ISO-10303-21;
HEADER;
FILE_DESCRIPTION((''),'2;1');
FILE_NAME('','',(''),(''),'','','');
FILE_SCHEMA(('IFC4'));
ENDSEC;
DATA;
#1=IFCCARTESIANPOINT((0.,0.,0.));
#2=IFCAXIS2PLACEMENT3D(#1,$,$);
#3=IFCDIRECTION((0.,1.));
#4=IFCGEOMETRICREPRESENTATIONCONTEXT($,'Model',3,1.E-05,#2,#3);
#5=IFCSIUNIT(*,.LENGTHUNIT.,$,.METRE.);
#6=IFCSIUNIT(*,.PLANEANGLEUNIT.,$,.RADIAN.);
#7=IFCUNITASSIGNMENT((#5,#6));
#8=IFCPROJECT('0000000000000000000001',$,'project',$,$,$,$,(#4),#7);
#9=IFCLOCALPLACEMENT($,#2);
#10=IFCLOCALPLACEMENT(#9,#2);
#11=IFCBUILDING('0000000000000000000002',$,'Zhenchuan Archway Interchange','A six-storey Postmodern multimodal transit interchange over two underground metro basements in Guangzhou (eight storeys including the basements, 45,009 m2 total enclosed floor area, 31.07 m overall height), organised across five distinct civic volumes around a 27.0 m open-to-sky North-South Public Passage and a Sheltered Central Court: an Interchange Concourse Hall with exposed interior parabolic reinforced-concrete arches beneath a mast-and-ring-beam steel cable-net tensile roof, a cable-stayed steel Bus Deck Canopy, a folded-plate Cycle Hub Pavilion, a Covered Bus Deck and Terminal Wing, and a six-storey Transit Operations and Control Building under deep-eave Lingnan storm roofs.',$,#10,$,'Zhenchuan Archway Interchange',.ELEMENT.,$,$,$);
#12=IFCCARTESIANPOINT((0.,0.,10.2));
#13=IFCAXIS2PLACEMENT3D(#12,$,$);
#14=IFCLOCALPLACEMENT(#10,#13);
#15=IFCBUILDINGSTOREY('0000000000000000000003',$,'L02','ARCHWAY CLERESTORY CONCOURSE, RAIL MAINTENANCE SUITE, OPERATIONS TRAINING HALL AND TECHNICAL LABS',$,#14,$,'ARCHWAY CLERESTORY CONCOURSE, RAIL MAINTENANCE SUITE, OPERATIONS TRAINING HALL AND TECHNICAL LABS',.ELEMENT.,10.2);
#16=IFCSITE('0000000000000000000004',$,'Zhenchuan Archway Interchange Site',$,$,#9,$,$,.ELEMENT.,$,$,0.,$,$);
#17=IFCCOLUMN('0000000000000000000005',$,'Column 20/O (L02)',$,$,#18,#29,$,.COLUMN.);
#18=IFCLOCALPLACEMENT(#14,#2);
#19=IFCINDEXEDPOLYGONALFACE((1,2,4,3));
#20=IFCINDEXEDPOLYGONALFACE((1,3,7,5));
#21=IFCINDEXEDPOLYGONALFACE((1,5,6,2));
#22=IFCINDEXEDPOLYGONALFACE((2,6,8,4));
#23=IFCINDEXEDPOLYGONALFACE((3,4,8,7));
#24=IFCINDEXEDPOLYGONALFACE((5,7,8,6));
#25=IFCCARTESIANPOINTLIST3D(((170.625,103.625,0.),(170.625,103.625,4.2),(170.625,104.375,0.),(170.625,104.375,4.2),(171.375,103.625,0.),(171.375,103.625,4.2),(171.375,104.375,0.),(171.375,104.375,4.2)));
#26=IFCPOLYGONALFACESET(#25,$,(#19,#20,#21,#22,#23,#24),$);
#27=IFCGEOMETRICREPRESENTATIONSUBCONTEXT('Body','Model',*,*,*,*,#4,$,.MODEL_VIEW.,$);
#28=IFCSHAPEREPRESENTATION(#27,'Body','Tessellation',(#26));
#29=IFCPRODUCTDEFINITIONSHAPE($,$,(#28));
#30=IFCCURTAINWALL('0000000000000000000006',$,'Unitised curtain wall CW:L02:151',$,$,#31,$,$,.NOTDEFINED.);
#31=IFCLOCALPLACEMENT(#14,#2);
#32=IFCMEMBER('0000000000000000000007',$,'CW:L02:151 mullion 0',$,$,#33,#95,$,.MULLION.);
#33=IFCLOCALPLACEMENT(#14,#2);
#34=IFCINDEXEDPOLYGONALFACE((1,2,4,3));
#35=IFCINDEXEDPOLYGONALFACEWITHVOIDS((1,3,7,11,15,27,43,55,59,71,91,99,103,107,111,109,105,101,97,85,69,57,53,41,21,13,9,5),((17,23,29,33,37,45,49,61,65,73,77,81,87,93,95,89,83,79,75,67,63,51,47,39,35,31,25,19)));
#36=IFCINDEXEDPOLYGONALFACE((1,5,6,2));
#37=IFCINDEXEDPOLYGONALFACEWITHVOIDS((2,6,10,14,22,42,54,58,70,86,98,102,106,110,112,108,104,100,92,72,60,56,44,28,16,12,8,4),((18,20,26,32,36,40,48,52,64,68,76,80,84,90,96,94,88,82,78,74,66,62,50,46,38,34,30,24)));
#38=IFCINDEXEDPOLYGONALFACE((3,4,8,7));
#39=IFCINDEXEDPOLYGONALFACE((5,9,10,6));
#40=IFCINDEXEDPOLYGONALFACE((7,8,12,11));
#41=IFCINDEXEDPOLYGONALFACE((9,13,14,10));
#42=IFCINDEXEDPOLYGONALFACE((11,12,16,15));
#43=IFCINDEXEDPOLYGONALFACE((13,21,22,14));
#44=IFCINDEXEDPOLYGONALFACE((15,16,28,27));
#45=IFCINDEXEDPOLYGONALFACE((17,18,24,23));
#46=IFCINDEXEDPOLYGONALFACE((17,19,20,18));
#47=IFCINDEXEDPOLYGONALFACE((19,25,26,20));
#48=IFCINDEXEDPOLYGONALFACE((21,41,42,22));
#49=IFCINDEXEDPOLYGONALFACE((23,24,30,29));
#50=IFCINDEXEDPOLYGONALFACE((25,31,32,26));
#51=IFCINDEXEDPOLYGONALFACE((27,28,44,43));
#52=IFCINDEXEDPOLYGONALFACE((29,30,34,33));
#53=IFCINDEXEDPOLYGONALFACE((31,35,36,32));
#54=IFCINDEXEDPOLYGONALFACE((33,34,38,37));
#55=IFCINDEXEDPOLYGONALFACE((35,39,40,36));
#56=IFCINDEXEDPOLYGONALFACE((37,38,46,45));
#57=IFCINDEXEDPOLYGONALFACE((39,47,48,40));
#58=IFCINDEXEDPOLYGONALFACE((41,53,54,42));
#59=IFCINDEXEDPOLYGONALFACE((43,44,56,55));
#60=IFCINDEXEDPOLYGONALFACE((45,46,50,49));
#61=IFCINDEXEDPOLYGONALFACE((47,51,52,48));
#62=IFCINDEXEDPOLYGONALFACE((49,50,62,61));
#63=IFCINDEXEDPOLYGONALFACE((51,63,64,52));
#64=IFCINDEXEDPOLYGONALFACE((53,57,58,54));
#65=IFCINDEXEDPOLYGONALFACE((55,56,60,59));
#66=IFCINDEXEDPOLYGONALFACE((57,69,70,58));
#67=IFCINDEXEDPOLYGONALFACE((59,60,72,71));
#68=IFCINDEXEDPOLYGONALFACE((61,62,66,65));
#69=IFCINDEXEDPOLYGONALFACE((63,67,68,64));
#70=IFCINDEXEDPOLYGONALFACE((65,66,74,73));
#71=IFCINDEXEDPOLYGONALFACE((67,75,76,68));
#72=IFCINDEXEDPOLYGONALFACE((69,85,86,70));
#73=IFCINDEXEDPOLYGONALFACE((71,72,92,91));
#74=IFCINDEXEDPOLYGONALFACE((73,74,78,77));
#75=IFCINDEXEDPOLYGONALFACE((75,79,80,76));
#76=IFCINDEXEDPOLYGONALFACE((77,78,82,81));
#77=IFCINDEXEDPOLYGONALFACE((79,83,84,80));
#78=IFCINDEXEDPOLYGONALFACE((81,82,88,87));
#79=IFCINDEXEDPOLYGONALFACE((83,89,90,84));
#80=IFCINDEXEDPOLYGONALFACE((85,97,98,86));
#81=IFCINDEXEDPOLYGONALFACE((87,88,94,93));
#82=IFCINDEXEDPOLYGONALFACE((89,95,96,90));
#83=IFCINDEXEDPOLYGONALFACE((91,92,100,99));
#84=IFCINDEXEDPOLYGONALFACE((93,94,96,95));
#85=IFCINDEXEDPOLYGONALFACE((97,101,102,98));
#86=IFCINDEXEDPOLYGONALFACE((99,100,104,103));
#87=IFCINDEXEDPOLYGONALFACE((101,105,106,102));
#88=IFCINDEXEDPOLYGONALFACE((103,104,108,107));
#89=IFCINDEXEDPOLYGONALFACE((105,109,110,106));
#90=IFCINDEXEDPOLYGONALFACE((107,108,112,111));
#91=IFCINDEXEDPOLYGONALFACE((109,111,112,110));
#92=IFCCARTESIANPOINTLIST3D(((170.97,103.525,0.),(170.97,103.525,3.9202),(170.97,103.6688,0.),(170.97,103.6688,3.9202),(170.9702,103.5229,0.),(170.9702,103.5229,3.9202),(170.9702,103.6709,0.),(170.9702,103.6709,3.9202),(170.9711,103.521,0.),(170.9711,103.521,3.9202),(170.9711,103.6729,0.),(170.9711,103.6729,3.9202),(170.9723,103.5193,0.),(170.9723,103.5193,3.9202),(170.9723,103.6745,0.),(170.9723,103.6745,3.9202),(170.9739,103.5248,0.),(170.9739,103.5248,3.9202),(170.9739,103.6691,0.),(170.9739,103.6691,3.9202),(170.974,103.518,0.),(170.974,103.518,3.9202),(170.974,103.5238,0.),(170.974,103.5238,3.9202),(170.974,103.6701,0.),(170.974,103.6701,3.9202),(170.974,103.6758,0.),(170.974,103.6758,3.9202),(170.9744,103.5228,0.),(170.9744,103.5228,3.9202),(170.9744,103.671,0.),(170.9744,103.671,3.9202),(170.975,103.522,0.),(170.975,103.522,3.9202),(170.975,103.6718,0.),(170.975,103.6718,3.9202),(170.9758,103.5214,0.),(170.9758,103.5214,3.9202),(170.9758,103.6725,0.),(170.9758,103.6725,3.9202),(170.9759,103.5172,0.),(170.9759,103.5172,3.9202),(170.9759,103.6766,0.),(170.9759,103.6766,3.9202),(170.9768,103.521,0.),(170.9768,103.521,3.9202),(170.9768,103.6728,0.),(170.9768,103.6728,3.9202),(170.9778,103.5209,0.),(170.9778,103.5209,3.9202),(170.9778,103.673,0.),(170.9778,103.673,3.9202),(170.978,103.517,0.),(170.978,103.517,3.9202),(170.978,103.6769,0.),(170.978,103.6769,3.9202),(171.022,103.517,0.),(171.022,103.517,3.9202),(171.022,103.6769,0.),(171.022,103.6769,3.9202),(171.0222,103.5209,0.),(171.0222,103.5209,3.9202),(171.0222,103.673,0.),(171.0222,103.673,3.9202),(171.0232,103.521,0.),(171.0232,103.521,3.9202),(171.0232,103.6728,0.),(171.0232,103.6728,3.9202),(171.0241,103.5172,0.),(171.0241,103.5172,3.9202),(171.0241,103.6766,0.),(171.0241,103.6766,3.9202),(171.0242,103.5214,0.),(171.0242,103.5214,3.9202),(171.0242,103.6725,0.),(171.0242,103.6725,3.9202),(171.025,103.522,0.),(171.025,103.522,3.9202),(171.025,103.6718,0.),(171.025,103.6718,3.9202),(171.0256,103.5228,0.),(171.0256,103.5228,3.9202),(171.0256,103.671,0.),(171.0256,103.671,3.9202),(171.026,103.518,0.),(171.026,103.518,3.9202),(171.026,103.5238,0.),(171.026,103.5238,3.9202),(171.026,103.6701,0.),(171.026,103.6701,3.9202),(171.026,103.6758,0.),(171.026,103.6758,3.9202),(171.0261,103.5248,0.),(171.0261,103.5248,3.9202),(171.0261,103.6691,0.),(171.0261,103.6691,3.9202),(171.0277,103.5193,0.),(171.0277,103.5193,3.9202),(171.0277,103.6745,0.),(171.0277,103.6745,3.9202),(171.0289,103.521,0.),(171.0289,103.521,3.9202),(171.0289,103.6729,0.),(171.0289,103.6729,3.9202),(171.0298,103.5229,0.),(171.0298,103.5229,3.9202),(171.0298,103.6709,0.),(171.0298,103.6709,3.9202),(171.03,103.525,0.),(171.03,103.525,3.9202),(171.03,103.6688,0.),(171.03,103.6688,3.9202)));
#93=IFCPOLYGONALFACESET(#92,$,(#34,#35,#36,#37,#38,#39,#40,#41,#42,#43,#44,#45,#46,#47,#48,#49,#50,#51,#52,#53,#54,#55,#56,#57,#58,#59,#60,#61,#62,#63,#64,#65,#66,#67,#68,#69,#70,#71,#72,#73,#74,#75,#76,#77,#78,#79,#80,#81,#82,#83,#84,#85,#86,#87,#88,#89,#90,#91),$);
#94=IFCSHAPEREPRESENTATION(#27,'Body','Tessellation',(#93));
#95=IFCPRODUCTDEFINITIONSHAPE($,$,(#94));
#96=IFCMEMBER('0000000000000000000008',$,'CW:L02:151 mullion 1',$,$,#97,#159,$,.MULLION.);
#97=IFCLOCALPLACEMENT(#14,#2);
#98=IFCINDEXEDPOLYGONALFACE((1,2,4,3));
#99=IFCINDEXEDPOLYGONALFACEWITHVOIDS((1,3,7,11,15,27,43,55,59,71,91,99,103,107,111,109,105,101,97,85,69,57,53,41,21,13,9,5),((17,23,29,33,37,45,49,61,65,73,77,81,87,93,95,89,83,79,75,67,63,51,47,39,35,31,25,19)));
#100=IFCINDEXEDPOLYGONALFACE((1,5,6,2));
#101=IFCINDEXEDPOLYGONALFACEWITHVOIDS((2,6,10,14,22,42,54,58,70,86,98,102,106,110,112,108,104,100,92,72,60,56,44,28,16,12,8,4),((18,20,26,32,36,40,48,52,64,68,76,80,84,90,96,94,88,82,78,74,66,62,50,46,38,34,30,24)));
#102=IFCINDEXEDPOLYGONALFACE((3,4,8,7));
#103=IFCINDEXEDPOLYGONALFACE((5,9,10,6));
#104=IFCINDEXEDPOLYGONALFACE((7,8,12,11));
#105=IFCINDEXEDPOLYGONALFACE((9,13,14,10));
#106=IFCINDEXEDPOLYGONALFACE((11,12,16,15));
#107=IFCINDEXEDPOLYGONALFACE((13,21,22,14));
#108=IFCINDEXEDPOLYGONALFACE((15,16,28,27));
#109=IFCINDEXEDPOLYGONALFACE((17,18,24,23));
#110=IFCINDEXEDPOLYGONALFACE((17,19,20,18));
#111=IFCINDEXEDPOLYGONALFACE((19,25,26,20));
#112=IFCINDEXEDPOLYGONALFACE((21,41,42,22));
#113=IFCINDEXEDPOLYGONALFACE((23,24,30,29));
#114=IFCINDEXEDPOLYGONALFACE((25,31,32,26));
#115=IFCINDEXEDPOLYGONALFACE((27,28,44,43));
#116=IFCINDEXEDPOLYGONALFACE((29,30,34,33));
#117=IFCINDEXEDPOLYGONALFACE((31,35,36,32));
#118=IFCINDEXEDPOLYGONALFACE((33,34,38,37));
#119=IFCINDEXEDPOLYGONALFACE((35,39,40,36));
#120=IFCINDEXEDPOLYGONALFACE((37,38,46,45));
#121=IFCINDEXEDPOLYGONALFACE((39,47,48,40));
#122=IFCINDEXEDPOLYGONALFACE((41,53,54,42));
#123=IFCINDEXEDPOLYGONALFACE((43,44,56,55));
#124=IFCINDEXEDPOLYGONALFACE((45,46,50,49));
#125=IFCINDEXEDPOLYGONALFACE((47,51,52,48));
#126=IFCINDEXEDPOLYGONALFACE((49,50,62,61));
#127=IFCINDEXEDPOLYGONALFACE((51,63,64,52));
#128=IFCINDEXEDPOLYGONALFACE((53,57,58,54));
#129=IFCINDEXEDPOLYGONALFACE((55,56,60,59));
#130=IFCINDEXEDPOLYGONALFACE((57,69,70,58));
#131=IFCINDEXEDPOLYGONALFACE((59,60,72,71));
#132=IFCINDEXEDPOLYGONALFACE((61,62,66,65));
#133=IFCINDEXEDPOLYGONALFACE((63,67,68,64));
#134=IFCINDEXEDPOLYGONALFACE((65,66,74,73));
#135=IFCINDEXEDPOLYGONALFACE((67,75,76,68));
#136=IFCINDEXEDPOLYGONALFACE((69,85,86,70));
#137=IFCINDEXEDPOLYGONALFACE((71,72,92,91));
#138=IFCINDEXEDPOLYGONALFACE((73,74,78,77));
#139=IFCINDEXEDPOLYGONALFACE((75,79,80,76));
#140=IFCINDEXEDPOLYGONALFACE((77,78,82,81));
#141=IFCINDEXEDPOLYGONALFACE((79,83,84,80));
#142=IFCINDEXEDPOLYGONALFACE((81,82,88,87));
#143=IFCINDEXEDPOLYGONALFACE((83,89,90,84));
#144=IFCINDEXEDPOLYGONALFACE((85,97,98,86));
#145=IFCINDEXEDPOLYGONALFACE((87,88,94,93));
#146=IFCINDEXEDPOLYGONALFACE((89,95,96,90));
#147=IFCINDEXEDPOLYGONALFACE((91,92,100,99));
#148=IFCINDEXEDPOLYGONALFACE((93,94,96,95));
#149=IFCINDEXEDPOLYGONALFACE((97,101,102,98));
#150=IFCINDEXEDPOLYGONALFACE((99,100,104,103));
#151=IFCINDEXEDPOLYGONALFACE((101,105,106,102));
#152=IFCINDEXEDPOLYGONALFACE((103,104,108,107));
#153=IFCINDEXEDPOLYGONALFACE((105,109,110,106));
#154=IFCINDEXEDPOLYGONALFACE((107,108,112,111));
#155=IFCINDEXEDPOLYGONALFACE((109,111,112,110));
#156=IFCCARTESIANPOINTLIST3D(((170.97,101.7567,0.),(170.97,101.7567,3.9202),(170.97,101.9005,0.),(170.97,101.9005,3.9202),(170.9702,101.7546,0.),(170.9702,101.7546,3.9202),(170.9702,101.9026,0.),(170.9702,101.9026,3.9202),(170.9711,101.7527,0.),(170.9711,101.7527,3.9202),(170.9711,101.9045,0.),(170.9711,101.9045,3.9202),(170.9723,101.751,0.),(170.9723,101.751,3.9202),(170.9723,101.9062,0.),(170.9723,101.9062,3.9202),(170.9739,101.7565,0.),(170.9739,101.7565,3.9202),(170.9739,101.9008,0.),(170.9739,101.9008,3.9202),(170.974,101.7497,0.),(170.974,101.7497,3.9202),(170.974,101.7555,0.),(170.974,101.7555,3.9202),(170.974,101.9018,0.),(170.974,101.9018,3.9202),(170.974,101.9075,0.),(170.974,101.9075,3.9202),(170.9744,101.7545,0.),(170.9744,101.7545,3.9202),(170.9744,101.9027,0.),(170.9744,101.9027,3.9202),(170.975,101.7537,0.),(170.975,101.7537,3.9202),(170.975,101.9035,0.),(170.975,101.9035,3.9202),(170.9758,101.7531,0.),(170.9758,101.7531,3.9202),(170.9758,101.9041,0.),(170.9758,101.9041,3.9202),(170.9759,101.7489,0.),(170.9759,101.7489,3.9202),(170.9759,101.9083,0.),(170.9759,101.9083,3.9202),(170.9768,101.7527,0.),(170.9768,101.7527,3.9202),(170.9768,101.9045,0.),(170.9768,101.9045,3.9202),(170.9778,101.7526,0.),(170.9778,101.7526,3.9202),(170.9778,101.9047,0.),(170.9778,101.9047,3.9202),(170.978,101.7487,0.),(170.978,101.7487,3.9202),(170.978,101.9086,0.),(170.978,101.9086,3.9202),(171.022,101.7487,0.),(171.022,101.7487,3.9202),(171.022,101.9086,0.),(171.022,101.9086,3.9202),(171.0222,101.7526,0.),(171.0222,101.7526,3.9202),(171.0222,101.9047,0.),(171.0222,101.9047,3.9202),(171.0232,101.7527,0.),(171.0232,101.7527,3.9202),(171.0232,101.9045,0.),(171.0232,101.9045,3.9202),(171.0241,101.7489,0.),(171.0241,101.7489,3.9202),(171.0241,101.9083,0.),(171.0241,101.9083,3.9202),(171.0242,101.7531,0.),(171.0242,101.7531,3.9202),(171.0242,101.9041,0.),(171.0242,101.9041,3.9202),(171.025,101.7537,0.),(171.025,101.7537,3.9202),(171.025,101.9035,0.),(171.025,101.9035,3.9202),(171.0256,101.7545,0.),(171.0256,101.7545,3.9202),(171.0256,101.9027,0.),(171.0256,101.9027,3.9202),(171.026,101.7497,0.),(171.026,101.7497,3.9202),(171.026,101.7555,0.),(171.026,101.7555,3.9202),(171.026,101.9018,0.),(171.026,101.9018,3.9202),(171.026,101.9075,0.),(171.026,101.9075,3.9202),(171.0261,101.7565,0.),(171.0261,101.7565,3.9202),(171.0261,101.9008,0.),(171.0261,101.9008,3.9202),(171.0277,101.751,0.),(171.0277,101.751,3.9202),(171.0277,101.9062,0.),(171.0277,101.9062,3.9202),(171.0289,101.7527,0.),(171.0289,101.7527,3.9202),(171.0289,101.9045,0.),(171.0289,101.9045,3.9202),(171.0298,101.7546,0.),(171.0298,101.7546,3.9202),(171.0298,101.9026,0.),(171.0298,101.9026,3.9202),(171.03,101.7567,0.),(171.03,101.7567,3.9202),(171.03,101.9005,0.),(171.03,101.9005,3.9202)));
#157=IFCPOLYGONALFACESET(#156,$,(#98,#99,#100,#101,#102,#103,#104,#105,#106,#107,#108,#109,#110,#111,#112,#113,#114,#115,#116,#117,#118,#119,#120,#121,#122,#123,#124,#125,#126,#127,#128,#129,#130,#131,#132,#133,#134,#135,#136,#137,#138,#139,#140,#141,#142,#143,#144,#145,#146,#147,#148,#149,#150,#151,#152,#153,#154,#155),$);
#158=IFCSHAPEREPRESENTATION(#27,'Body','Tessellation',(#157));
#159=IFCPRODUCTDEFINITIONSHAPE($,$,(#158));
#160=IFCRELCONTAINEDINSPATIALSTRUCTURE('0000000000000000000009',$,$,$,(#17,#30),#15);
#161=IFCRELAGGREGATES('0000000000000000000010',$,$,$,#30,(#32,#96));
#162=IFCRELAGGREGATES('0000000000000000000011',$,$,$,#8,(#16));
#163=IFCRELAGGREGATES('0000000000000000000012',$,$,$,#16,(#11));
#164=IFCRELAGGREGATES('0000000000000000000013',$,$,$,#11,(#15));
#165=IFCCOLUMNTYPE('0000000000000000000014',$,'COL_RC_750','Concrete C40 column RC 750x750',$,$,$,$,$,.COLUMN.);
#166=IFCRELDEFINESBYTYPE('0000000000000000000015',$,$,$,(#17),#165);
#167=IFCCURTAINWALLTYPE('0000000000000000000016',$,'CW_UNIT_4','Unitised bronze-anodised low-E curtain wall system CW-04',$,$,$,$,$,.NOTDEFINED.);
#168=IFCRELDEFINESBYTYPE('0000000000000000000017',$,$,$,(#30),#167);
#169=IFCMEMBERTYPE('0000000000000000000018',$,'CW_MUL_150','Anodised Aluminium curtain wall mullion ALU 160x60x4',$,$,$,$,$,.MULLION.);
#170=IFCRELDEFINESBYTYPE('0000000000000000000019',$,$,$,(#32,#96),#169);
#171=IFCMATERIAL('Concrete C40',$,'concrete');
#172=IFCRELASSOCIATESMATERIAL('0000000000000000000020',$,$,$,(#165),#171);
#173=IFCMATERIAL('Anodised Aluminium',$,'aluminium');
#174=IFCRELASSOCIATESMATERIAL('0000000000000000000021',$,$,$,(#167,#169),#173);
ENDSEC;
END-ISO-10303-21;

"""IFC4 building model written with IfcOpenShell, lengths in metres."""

from ifc_helpers import new_model, si_unit, direction, frame, origin, origin_2d, place, context, subcontext, project, spatial, rectangle, hollow_rectangle, extrude, material, material_profile, profile_set, type_object, element, aggregate, save


model = new_model("IFC4")

# Units and contexts
model_context = context("Model", 3, precision=1e-05, world=origin(), true_north=direction((0.0, 1.0)))
body_context = subcontext(model_context, "Body", "Model", "MODEL_VIEW")
ifc_project = project(units=[si_unit("LENGTHUNIT", "METRE"), si_unit("PLANEANGLEUNIT", "RADIAN")], contexts=[model_context])

# Site, building, storey
site_placement = place(None, origin())
site = spatial("IfcSite", under=ifc_project, at=site_placement, Name="Zhenchuan Archway Interchange Site", CompositionType="ELEMENT", RefElevation=0.0)
building_placement = place(site_placement, origin())
building = spatial("IfcBuilding", under=site, at=building_placement, Name="Zhenchuan Archway Interchange", Description="A six-storey Postmodern multimodal transit interchange over two underground metro basements in Guangzhou (eight storeys including the basements, 45,009 m2 total enclosed floor area, 31.07 m overall height), organised across five distinct civic volumes around a 27.0 m open-to-sky North-South Public Passage and a Sheltered Central Court: an Interchange Concourse Hall with exposed interior parabolic reinforced-concrete arches beneath a mast-and-ring-beam steel cable-net tensile roof, a cable-stayed steel Bus Deck Canopy, a folded-plate Cycle Hub Pavilion, a Covered Bus Deck and Terminal Wing, and a six-storey Transit Operations and Control Building under deep-eave Lingnan storm roofs.", LongName="Zhenchuan Archway Interchange", CompositionType="ELEMENT")
storey_placement = place(building_placement, frame((0.0, 0.0, 10.2)))
storey = spatial("IfcBuildingStorey", under=building, at=storey_placement, Name="L02", Description="ARCHWAY CLERESTORY CONCOURSE, RAIL MAINTENANCE SUITE, OPERATIONS TRAINING HALL AND TECHNICAL LABS", LongName="ARCHWAY CLERESTORY CONCOURSE, RAIL MAINTENANCE SUITE, OPERATIONS TRAINING HALL AND TECHNICAL LABS", CompositionType="ELEMENT", Elevation=10.2)

# Column
ifc_material_1 = material(Name="Concrete C40", Category="concrete")
ifc_material_profile_1 = material_profile(ifc_material_1, rectangle(XDim=0.75, YDim=0.75, at=origin_2d()), Name="RC 750x750")
ifc_profile_set_1 = profile_set([ifc_material_profile_1], Name="Concrete C40")
column_type = type_object("IfcColumnType", Name="COL_RC_750", Description="Concrete C40 column RC 750x750", PredefinedType="COLUMN", material=ifc_profile_set_1)
column_placement = place(storey_placement, frame((171.0, 104.0, 0.0), z_axis=(0.0, 0.0, 1.0), x_axis=(1.0, 0.0, 0.0)))
element("IfcColumn", 1, at=column_placement, inside=storey, type_object=column_type, Name="Column 20/O (L02)", PredefinedType="COLUMN", context=body_context, shape_type="SweptSolid", body=[
    extrude(rectangle(XDim=0.75, YDim=0.75, at=origin_2d()), origin(), (0.0, 0.0, 1.0), 4.2),
])

# Curtain wall, members
ifc_material_2 = material(Name="Anodised Aluminium", Category="aluminium")
curtain_wall_type = type_object("IfcCurtainWallType", Name="CW_UNIT_4", Description="Unitised bronze-anodised low-E curtain wall system CW-04", PredefinedType="NOTDEFINED", material=ifc_material_2)
curtain_wall_placement = place(storey_placement, origin())
curtain_wall = element("IfcCurtainWall", 2, at=curtain_wall_placement, inside=storey, type_object=curtain_wall_type, Name="Unitised curtain wall CW:L02:151", PredefinedType="NOTDEFINED")
ifc_material_profile_2 = material_profile(ifc_material_2, hollow_rectangle(XDim=0.0601, YDim=0.1599, WallThickness=0.0039, InnerFilletRadius=0.0039, OuterFilletRadius=0.0081, at=origin_2d()), Name="ALU 160x60x4")
ifc_profile_set_2 = profile_set([ifc_material_profile_2], Name="Anodised Aluminium")
member_type_1 = type_object("IfcMemberType", Name="CW_MUL_150", Description="Anodised Aluminium curtain wall mullion ALU 160x60x4", PredefinedType="MULLION", material=ifc_profile_set_2)
member_1_placement = place(storey_placement, frame((171.0, 103.5969, 0.0), z_axis=(0.0, 0.0, 1.0), x_axis=(1.0, 0.0, 0.0)))
member_1 = element("IfcMember", 3, at=member_1_placement, type_object=member_type_1, Name="CW:L02:151 mullion 0", PredefinedType="MULLION", context=body_context, shape_type="SweptSolid", body=[
    extrude(hollow_rectangle(XDim=0.0601, YDim=0.1599, WallThickness=0.0039, InnerFilletRadius=0.0039, OuterFilletRadius=0.0081, at=origin_2d()), origin(), (0.0, 0.0, 1.0), 3.9202),
])
member_2_placement = place(storey_placement, frame((171.0, 101.8286, 0.0), z_axis=(0.0, 0.0, 1.0), x_axis=(1.0, 0.0, 0.0)))
member_2 = element("IfcMember", 4, at=member_2_placement, type_object=member_type_1, Name="CW:L02:151 mullion 1", PredefinedType="MULLION", context=body_context, shape_type="SweptSolid", body=[
    extrude(hollow_rectangle(XDim=0.0601, YDim=0.1599, WallThickness=0.0039, InnerFilletRadius=0.0039, OuterFilletRadius=0.0081, at=origin_2d()), origin(), (0.0, 0.0, 1.0), 3.9202),
])
aggregate(curtain_wall, [member_1, member_2])

save(model, "model.ifc")
